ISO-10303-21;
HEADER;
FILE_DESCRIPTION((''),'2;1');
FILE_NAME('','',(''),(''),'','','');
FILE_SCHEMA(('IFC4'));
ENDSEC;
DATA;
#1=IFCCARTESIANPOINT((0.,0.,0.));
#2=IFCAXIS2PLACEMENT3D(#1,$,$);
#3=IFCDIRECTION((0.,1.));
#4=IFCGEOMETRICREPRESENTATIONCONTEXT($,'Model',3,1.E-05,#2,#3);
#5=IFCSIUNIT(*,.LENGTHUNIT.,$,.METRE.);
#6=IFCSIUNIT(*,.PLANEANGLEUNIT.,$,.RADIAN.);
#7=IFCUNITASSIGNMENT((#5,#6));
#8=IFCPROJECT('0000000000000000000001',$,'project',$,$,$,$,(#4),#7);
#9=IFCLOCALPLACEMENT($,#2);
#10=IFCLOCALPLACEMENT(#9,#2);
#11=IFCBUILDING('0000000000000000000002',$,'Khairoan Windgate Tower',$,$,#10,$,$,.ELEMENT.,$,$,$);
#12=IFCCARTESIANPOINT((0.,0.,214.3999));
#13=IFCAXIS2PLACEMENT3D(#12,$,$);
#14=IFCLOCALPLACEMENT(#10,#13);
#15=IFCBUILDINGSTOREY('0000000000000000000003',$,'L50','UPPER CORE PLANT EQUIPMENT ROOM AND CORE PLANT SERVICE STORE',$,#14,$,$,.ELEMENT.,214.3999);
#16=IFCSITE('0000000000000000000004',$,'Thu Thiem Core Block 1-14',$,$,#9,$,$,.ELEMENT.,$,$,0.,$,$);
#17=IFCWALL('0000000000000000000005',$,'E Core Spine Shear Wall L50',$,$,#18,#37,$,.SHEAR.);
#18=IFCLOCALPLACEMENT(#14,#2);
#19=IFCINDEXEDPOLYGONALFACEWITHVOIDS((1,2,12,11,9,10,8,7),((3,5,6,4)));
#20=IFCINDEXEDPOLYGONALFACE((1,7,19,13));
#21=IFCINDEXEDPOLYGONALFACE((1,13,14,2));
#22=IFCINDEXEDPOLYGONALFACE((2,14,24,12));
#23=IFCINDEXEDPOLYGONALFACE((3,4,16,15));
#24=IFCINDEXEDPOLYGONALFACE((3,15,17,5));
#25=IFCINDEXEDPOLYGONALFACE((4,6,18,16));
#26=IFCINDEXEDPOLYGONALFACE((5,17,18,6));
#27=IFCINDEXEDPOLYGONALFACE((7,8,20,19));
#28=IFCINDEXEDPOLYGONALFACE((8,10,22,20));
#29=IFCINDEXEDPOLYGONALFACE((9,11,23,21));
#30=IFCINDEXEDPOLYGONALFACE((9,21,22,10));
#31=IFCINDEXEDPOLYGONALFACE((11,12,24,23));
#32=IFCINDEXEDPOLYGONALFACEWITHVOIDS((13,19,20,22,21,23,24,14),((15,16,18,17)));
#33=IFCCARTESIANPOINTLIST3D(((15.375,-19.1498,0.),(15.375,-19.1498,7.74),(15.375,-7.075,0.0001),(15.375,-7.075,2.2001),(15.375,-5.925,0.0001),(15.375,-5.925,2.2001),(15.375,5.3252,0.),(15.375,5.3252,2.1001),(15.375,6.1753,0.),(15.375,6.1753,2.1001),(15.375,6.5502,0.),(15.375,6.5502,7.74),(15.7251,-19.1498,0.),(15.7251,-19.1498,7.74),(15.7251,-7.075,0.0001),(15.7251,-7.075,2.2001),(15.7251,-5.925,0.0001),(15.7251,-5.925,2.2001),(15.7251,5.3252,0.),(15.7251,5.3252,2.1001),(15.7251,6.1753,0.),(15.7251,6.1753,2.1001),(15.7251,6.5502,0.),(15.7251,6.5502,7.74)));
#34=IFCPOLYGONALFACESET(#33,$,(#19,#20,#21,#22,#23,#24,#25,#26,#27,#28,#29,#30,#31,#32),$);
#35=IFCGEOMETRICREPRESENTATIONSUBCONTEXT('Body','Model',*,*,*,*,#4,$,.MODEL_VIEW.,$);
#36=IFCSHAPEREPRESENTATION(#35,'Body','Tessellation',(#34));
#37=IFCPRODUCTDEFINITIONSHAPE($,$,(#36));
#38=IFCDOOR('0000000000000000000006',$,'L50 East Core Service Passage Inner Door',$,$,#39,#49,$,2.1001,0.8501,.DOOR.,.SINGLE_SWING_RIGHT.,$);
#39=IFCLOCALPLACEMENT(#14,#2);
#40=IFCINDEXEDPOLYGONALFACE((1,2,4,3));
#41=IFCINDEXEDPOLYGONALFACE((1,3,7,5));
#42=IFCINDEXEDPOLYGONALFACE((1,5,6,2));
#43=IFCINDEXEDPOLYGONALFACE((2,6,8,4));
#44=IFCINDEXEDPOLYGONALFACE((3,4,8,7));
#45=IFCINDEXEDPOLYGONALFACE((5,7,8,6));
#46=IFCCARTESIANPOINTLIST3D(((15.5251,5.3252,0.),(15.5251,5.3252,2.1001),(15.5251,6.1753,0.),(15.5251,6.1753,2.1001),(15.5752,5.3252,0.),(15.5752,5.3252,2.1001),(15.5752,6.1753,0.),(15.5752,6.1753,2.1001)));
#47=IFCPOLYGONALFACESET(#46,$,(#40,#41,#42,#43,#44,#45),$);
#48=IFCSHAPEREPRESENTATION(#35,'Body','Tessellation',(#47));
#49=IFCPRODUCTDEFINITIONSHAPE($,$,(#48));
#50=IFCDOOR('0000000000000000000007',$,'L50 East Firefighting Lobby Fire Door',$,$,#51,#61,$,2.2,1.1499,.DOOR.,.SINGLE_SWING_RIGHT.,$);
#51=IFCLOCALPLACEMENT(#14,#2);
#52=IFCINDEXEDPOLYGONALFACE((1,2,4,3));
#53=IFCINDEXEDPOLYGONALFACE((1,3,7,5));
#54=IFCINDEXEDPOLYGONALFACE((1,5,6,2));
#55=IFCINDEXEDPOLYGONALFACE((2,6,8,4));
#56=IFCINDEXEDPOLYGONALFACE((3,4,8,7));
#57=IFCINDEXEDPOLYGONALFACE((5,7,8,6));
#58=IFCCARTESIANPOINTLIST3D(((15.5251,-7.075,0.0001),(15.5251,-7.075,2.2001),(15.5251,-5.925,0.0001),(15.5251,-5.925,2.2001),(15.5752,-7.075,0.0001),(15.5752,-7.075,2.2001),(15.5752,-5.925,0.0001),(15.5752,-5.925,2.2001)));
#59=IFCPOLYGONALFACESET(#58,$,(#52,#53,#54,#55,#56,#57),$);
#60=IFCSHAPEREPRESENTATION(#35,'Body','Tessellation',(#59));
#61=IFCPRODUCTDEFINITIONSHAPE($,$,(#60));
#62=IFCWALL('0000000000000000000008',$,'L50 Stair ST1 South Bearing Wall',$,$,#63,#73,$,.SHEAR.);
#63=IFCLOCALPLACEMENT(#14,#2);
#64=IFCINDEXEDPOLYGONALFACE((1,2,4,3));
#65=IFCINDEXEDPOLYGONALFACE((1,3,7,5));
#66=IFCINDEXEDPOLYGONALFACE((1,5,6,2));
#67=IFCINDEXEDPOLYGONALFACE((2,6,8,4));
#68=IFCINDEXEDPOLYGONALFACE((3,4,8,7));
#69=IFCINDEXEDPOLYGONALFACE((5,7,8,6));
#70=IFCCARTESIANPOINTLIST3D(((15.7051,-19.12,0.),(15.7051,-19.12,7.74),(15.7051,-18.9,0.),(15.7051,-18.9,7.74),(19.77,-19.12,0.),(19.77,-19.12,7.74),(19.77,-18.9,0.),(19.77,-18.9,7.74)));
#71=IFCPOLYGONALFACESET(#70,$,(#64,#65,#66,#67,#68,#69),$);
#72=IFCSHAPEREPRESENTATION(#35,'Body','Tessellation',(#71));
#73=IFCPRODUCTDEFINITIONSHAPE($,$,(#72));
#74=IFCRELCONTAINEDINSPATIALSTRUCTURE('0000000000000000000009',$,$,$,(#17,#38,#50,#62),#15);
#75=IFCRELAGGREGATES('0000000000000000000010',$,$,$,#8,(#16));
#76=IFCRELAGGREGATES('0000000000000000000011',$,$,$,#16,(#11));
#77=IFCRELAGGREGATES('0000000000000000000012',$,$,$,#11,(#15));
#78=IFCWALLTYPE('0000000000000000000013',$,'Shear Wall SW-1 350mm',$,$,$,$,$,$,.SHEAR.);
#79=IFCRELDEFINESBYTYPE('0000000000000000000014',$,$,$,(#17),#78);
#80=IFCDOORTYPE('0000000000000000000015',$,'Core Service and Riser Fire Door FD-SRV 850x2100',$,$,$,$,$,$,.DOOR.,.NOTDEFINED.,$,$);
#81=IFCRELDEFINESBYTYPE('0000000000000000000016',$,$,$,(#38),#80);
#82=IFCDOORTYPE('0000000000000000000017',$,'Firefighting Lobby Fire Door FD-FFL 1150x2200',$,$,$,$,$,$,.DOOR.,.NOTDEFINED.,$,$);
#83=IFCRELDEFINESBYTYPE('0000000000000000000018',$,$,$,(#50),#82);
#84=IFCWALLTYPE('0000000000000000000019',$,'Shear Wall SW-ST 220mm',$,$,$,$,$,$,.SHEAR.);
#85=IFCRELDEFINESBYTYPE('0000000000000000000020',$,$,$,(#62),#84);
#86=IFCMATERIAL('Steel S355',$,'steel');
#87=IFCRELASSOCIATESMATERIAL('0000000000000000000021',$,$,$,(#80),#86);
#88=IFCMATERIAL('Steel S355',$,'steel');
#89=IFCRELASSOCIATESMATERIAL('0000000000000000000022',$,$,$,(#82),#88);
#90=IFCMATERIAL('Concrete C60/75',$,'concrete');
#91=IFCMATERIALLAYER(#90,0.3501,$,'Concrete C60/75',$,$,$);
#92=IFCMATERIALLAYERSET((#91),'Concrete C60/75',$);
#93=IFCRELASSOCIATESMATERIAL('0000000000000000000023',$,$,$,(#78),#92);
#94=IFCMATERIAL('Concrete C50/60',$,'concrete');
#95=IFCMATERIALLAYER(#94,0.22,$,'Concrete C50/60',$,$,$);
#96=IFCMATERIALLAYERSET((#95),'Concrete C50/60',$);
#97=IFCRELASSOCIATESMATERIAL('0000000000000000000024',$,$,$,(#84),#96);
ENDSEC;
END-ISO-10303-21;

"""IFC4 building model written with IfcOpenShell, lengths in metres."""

from ifc_helpers import new_model, si_unit, direction, frame, frame_2d, origin, place, context, subcontext, project, spatial, rectangle, extrude, material, layer, layer_set, type_object, element, fill, save


model = new_model("IFC4")

# Units and contexts
model_context = context("Model", 3, precision=1e-05, world=origin(), true_north=direction((0.0, 1.0)))
body_context = subcontext(model_context, "Body", "Model", "MODEL_VIEW")
ifc_project = project(units=[si_unit("LENGTHUNIT", "METRE"), si_unit("PLANEANGLEUNIT", "RADIAN")], contexts=[model_context])

# Site, building, storey
site_placement = place(None, origin())
site = spatial("IfcSite", under=ifc_project, at=site_placement, Name="Thu Thiem Core Block 1-14", CompositionType="ELEMENT", RefElevation=0.0)
building_placement = place(site_placement, origin())
building = spatial("IfcBuilding", under=site, at=building_placement, Name="Khairoan Windgate Tower", CompositionType="ELEMENT")
storey_placement = place(building_placement, frame((0.0, 0.0, 214.3999)))
storey = spatial("IfcBuildingStorey", under=building, at=storey_placement, Name="L50", Description="UPPER CORE PLANT EQUIPMENT ROOM AND CORE PLANT SERVICE STORE", CompositionType="ELEMENT", Elevation=214.3999)

# Shared definitions
ifc_material_1 = material(Name="Steel S355", Category="steel")
door_type_1 = type_object("IfcDoorType", Name="Core Service and Riser Fire Door FD-SRV 850x2100", OperationType="NOTDEFINED", PredefinedType="DOOR", material=ifc_material_1)
ifc_material_2 = material(Name="Steel S355", Category="steel")
door_type_2 = type_object("IfcDoorType", Name="Firefighting Lobby Fire Door FD-FFL 1150x2200", OperationType="NOTDEFINED", PredefinedType="DOOR", material=ifc_material_2)

# Wall, openings, doors
ifc_material_3 = material(Name="Concrete C60/75", Category="concrete")
ifc_layer_1 = layer(ifc_material_3, 0.3501, Name="Concrete C60/75")
ifc_layer_set_1 = layer_set([ifc_layer_1], Name="Concrete C60/75")
wall_type_1 = type_object("IfcWallType", Name="Shear Wall SW-1 350mm", PredefinedType="SHEAR", material=ifc_layer_set_1)
wall_1_placement = place(storey_placement, frame((15.55, -19.1499, 0.0), z_axis=(0.0, 0.0, 1.0), x_axis=(0.0, 1.0, 0.0)))
wall_1 = element("IfcWall", 1, at=wall_1_placement, inside=storey, type_object=wall_type_1, Name="E Core Spine Shear Wall L50", PredefinedType="SHEAR", context=body_context, shape_type="SweptSolid", body=[
    extrude(rectangle(XDim=25.7, YDim=0.3501, at=frame_2d((12.8501, 0.0))), origin(), (0.0, 0.0, 1.0), 7.74),
])
opening_1_placement = place(wall_1_placement, frame((12.075, 0.0, 0.0)))
opening_1 = element("IfcOpeningElement", 2, at=opening_1_placement, cuts=wall_1, PredefinedType="OPENING", context=body_context, shape_type="SweptSolid", body=[
    extrude(rectangle(XDim=1.1499, YDim=2.2, at=frame_2d((0.575, 1.1001))), frame((0.0, 0.1851, 0.0), z_axis=(0.0, -1.0, 0.0), x_axis=(1.0, 0.0, 0.0)), (0.0, 0.0, 1.0), 0.3701),
])
opening_2_placement = place(wall_1_placement, frame((24.4751, 0.0, 0.0)))
opening_2 = element("IfcOpeningElement", 3, at=opening_2_placement, cuts=wall_1, PredefinedType="OPENING", context=body_context, shape_type="SweptSolid", body=[
    extrude(rectangle(XDim=0.8501, YDim=2.1001, at=frame_2d((0.425, 1.05))), frame((0.0, 0.1851, 0.0), z_axis=(0.0, -1.0, 0.0), x_axis=(1.0, 0.0, 0.0)), (0.0, 0.0, 1.0), 0.3701),
])
door_1_placement = place(opening_2_placement, origin())
door_1 = element("IfcDoor", 4, at=door_1_placement, inside=storey, type_object=door_type_1, Name="L50 East Core Service Passage Inner Door", OperationType="SINGLE_SWING_RIGHT", OverallHeight=2.1001, OverallWidth=0.8501, PredefinedType="DOOR", context=body_context, shape_type="SweptSolid", body=[
    extrude(rectangle(XDim=0.8501, YDim=2.1001, at=frame_2d((0.425, 1.05))), frame((0.0, 0.0249, 0.0), z_axis=(0.0, -1.0, 0.0), x_axis=(1.0, 0.0, 0.0)), (0.0, 0.0, 1.0), 0.05),
])
fill(opening_2, door_1)
door_2_placement = place(opening_1_placement, origin())
door_2 = element("IfcDoor", 5, at=door_2_placement, inside=storey, type_object=door_type_2, Name="L50 East Firefighting Lobby Fire Door", OperationType="SINGLE_SWING_RIGHT", OverallHeight=2.2, OverallWidth=1.1499, PredefinedType="DOOR", context=body_context, shape_type="SweptSolid", body=[
    extrude(rectangle(XDim=1.1499, YDim=2.2, at=frame_2d((0.575, 1.1001))), frame((0.0, 0.0249, 0.0), z_axis=(0.0, -1.0, 0.0), x_axis=(1.0, 0.0, 0.0)), (0.0, 0.0, 1.0), 0.05),
])
fill(opening_1, door_2)

# Wall
ifc_material_4 = material(Name="Concrete C50/60", Category="concrete")
ifc_layer_2 = layer(ifc_material_4, 0.22, Name="Concrete C50/60")
ifc_layer_set_2 = layer_set([ifc_layer_2], Name="Concrete C50/60")
wall_type_2 = type_object("IfcWallType", Name="Shear Wall SW-ST 220mm", PredefinedType="SHEAR", material=ifc_layer_set_2)
wall_2_placement = place(storey_placement, frame((15.7051, -19.01, 0.0), z_axis=(0.0, 0.0, 1.0), x_axis=(1.0, 0.0, 0.0)))
element("IfcWall", 6, at=wall_2_placement, inside=storey, type_object=wall_type_2, Name="L50 Stair ST1 South Bearing Wall", PredefinedType="SHEAR", context=body_context, shape_type="SweptSolid", body=[
    extrude(rectangle(XDim=4.0649, YDim=0.22, at=frame_2d((2.0325, 0.0))), origin(), (0.0, 0.0, 1.0), 7.74),
])

save(model, "model.ifc")
